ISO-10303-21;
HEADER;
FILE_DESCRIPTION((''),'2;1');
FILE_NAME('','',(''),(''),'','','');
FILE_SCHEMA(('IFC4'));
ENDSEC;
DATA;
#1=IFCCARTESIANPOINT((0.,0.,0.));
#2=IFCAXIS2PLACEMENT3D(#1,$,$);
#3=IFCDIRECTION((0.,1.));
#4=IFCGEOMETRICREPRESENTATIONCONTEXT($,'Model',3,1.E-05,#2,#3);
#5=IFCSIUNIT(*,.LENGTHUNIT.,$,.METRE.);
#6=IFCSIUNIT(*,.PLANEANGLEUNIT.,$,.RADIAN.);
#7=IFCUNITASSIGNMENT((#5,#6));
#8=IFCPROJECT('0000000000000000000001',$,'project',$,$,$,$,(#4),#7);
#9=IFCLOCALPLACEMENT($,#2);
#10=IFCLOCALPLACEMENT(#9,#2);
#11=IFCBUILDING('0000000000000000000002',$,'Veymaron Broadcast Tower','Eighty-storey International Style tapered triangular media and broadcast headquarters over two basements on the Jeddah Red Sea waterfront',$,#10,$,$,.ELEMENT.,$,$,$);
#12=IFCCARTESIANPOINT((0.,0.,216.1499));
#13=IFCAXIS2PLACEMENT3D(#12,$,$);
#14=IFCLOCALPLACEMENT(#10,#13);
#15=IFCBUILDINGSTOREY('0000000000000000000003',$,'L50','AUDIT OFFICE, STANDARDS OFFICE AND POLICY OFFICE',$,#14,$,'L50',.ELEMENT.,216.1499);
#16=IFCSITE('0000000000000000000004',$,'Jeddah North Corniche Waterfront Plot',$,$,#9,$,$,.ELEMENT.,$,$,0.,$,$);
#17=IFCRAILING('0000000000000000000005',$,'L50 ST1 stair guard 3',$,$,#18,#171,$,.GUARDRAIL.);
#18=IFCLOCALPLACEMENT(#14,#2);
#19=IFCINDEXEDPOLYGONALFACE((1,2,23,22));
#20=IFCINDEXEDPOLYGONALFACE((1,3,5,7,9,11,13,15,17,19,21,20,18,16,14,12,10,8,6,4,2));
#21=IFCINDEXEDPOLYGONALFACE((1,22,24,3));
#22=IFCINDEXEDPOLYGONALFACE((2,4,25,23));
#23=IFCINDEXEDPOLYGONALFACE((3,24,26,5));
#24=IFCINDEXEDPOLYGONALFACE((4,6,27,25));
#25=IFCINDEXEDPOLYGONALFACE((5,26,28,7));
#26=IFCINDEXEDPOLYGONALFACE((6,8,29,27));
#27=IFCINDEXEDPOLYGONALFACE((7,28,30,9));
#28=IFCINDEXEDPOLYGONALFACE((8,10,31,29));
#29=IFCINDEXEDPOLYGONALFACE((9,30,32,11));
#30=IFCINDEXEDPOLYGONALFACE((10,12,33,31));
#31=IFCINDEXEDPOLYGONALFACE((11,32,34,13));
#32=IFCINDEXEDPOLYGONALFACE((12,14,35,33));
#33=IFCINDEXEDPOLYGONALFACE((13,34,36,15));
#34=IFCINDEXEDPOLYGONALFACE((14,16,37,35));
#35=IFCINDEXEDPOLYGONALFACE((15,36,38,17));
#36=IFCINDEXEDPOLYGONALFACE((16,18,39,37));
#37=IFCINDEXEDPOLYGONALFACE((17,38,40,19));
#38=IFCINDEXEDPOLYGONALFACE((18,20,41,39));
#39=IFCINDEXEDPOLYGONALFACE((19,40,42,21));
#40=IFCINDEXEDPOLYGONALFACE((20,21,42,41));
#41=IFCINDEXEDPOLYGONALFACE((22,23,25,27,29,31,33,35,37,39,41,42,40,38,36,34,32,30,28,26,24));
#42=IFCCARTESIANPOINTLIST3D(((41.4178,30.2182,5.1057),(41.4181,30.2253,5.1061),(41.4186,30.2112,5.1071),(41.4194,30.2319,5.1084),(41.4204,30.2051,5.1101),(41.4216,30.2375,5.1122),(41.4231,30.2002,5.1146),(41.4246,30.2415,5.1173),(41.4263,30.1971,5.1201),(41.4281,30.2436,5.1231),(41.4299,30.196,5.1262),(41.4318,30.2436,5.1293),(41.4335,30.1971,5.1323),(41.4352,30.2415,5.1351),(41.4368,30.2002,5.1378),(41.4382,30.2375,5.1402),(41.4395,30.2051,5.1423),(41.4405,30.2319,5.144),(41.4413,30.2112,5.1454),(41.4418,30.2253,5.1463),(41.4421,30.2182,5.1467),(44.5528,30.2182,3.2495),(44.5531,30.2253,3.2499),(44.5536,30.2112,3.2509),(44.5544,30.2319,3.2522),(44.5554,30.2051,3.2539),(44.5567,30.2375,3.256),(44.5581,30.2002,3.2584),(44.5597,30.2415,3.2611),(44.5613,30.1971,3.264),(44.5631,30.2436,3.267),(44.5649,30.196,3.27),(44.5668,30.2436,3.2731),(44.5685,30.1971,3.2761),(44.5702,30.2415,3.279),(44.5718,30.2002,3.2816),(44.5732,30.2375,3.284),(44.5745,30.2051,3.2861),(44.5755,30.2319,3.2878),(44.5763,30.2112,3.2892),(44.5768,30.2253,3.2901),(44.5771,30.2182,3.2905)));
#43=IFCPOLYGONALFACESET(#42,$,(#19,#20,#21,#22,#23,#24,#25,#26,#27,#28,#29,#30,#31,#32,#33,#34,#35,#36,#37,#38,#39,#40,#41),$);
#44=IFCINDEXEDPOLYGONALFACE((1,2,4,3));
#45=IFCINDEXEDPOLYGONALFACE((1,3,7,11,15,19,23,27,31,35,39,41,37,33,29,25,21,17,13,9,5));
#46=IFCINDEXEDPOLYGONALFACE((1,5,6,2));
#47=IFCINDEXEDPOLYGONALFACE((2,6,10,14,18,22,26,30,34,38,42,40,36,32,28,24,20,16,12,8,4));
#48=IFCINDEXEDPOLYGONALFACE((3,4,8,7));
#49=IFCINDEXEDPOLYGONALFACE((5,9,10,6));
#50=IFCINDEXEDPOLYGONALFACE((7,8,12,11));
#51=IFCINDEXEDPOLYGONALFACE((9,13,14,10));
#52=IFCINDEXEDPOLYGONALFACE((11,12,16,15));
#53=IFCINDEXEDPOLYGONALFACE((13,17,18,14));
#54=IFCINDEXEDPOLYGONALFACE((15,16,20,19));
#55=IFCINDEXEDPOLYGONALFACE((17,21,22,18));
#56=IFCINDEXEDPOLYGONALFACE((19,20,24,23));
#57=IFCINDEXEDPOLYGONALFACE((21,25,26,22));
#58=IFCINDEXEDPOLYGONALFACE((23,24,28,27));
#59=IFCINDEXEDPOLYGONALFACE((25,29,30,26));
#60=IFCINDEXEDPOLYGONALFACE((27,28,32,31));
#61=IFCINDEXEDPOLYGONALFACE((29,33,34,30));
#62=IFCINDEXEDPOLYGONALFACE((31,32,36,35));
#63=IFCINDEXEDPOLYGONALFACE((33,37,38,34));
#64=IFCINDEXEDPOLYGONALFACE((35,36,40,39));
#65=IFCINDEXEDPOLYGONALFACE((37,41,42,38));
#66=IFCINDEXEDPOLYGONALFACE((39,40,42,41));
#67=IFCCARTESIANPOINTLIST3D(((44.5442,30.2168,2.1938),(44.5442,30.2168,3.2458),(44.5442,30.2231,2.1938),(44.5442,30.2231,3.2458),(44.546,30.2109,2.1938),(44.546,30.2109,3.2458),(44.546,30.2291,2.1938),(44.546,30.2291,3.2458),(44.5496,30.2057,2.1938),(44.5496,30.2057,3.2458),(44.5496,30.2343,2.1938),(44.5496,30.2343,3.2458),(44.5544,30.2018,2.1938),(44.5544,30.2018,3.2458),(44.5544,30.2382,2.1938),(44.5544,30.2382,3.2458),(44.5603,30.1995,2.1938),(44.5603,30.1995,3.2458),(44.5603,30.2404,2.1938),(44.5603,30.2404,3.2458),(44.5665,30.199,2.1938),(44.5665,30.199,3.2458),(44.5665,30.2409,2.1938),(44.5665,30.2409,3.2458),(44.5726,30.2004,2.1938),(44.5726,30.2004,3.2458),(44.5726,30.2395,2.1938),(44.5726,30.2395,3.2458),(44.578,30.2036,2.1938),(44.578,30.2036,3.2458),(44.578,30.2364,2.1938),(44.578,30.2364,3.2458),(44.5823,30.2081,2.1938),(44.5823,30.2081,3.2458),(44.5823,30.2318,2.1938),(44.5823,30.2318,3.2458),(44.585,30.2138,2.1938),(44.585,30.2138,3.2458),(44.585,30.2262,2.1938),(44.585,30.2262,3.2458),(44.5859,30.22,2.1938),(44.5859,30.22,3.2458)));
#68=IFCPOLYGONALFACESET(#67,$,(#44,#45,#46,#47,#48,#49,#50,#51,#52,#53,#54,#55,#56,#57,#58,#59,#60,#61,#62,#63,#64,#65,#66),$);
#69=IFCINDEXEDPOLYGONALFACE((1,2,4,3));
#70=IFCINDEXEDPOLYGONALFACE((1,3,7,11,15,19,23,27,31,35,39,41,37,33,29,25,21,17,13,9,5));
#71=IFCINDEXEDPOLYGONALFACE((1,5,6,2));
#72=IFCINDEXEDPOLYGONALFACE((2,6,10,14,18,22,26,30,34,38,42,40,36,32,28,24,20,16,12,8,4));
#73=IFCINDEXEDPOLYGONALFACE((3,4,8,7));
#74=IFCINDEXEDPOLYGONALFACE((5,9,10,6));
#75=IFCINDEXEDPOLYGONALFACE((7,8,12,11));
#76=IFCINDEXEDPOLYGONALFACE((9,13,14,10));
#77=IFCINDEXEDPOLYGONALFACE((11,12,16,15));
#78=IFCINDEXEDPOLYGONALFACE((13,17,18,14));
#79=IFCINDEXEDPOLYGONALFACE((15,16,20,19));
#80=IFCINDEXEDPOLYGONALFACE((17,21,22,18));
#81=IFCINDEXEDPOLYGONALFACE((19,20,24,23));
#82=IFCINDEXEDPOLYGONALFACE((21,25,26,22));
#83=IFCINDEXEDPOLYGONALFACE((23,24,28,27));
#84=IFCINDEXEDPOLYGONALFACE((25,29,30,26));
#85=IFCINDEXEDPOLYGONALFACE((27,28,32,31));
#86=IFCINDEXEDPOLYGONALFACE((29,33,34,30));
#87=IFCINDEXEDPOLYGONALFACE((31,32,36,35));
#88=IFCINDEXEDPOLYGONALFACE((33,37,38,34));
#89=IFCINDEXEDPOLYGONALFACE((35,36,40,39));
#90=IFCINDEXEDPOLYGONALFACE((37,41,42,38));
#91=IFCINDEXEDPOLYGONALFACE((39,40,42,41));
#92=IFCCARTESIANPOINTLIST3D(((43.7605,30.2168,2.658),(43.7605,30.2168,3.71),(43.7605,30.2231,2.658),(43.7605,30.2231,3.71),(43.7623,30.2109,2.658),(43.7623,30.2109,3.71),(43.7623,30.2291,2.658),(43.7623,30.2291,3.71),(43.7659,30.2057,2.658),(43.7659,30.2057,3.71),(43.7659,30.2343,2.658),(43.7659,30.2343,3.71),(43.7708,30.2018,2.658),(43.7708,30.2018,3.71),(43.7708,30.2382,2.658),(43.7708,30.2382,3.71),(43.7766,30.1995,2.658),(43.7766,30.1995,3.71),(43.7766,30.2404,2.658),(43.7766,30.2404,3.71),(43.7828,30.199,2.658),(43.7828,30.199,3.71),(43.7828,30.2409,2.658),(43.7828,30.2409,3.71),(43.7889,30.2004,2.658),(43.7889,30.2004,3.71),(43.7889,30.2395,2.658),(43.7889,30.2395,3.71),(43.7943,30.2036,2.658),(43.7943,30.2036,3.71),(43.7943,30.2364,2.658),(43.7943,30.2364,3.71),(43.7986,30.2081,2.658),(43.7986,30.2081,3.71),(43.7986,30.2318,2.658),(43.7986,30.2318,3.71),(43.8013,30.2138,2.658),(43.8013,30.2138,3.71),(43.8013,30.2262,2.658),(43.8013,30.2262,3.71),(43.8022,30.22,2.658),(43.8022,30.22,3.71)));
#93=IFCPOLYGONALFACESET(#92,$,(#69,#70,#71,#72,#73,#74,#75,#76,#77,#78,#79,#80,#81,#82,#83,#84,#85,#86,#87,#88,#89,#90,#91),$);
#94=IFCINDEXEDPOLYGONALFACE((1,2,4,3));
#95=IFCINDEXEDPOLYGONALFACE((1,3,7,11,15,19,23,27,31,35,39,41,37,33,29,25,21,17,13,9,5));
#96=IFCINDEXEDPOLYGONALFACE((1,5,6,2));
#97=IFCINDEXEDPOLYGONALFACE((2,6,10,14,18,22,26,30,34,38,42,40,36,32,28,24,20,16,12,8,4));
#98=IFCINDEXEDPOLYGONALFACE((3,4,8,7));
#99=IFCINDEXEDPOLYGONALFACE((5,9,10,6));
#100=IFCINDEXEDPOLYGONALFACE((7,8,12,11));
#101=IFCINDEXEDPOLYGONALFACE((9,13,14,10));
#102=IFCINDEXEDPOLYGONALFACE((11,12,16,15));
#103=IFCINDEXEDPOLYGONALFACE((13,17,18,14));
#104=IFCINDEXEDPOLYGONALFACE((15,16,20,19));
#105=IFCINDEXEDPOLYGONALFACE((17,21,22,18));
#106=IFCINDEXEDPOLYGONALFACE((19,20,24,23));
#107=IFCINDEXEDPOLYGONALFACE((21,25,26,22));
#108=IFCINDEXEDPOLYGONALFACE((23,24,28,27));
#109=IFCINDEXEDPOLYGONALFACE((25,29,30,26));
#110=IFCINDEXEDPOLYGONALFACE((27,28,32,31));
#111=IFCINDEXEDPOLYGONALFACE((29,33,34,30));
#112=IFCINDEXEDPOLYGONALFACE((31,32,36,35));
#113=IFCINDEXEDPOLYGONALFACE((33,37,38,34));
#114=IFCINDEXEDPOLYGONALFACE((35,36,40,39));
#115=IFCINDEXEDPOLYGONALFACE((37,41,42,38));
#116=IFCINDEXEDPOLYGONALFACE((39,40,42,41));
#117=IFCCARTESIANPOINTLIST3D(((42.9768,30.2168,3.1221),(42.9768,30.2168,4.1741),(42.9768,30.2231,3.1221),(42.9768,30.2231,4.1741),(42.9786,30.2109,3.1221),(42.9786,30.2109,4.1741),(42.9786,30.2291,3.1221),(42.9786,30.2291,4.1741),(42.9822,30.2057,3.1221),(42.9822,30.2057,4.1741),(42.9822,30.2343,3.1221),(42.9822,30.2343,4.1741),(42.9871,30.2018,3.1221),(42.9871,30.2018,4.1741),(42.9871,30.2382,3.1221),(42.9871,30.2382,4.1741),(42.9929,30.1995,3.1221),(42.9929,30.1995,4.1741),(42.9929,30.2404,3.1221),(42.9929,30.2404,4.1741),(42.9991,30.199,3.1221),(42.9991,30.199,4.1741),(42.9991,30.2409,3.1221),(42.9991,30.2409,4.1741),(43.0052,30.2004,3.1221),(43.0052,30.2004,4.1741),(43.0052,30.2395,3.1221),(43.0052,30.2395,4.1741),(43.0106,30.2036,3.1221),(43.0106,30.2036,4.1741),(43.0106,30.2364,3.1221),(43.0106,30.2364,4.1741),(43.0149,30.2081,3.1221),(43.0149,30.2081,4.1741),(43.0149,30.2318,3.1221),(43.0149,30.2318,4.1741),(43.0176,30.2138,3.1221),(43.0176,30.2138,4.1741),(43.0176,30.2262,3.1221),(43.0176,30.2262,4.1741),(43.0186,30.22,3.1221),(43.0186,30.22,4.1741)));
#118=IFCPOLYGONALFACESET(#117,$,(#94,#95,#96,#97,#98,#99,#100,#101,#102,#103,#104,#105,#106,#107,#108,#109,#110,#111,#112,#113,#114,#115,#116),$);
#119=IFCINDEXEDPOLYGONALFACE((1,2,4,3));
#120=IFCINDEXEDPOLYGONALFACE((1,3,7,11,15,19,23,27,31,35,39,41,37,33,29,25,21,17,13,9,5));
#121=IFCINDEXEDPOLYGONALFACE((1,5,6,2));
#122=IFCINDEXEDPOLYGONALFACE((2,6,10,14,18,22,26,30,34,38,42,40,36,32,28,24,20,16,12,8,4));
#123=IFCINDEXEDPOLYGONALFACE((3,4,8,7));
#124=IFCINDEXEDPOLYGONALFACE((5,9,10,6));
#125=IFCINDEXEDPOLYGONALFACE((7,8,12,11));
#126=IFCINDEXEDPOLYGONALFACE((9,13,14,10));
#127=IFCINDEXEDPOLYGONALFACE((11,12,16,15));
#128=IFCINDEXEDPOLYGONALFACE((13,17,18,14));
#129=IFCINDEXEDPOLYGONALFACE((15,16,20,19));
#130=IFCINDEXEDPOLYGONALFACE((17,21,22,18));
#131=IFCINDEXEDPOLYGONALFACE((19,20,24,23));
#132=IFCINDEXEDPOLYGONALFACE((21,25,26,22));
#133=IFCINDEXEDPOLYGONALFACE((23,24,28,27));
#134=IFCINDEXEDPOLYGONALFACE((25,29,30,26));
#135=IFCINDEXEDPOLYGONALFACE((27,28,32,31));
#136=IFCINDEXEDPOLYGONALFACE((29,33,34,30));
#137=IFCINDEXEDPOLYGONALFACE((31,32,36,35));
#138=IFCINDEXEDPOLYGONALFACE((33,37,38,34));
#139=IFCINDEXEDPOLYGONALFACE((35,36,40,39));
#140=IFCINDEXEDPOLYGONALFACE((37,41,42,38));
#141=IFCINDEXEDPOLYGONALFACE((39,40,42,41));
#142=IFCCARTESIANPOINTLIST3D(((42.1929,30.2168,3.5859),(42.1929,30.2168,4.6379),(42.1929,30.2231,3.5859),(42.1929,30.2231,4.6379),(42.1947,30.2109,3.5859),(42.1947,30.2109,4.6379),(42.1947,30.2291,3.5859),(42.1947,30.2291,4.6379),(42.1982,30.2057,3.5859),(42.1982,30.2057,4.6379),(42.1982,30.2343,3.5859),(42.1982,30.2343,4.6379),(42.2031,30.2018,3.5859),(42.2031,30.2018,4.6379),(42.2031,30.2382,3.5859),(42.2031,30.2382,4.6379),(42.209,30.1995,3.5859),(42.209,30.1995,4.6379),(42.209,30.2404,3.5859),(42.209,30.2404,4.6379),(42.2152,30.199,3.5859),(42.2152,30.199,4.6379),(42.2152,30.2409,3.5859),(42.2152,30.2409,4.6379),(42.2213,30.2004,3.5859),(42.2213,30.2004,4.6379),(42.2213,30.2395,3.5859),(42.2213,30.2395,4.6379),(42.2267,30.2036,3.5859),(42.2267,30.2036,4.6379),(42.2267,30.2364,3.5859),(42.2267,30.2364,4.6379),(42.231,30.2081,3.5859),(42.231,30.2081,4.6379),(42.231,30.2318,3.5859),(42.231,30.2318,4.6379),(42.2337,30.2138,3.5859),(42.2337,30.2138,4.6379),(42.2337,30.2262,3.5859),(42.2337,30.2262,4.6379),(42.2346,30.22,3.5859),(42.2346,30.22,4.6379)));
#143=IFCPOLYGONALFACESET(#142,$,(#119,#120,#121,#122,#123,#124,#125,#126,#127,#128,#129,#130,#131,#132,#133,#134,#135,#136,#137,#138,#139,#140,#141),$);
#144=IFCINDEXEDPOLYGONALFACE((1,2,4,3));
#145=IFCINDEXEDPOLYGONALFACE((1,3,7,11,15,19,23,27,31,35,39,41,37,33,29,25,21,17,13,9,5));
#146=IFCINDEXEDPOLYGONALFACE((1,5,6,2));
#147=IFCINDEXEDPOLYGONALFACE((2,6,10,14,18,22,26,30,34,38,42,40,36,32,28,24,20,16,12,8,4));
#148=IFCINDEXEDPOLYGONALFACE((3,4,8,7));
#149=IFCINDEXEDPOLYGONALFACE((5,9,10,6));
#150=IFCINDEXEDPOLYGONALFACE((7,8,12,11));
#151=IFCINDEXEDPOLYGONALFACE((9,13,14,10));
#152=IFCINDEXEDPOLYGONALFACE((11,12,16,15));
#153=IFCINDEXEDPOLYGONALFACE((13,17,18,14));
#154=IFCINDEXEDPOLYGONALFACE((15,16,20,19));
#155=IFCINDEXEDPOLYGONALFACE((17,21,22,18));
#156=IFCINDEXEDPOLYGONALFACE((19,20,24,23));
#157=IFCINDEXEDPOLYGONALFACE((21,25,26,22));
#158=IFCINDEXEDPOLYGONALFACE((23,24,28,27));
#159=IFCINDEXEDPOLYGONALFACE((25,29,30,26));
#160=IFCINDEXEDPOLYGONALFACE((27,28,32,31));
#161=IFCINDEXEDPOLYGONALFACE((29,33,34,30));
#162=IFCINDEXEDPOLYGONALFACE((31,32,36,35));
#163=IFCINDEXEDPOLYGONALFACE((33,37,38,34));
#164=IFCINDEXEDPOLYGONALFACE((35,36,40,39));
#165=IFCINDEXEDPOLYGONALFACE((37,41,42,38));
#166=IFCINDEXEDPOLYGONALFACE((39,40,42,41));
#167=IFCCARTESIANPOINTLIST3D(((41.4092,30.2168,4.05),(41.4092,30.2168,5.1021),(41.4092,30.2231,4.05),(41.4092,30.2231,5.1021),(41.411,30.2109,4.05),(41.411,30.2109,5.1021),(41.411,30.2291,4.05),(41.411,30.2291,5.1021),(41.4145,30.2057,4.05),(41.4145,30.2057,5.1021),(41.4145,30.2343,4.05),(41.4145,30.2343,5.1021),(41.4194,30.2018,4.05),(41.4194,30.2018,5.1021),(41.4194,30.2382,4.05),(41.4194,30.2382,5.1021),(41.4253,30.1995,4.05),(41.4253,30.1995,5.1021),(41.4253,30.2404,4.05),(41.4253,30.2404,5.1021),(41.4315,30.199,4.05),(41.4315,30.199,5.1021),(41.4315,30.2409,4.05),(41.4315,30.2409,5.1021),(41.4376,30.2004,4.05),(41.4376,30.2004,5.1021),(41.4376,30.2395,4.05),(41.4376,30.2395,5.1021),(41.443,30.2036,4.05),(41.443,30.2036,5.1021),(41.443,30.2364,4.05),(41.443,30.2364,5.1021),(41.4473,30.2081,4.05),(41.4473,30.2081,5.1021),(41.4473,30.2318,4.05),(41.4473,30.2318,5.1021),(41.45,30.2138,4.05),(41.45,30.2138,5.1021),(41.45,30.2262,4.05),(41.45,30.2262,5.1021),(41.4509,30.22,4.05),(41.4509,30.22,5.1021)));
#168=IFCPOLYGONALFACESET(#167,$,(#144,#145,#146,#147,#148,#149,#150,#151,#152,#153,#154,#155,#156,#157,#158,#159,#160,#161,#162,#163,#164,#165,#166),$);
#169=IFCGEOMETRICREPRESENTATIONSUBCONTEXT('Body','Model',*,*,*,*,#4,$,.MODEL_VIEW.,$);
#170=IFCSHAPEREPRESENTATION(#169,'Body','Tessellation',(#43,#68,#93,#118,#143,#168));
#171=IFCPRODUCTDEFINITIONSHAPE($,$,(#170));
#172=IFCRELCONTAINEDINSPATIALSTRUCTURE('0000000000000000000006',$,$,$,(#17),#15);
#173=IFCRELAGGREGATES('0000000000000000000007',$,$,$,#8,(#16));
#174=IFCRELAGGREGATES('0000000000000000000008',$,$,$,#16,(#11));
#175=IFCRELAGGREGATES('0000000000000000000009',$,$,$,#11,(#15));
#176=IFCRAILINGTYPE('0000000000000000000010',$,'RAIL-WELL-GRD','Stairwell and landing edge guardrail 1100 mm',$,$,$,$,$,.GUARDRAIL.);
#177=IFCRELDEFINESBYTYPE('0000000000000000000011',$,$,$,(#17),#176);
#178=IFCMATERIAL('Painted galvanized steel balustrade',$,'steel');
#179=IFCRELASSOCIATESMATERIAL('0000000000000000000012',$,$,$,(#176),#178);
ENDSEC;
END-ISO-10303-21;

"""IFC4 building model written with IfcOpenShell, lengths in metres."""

from ifc_helpers import new_model, si_unit, direction, frame, origin, origin_2d, place, context, subcontext, project, spatial, circle, extrude, material, type_object, element, save


model = new_model("IFC4")

# Units and contexts
model_context = context("Model", 3, precision=1e-05, world=origin(), true_north=direction((0.0, 1.0)))
body_context = subcontext(model_context, "Body", "Model", "MODEL_VIEW")
ifc_project = project(units=[si_unit("LENGTHUNIT", "METRE"), si_unit("PLANEANGLEUNIT", "RADIAN")], contexts=[model_context])

# Site, building, storey
site_placement = place(None, origin())
site = spatial("IfcSite", under=ifc_project, at=site_placement, Name="Jeddah North Corniche Waterfront Plot", CompositionType="ELEMENT", RefElevation=0.0)
building_placement = place(site_placement, origin())
building = spatial("IfcBuilding", under=site, at=building_placement, Name="Veymaron Broadcast Tower", Description="Eighty-storey International Style tapered triangular media and broadcast headquarters over two basements on the Jeddah Red Sea waterfront", CompositionType="ELEMENT")
storey_placement = place(building_placement, frame((0.0, 0.0, 216.1499)))
storey = spatial("IfcBuildingStorey", under=building, at=storey_placement, Name="L50", Description="AUDIT OFFICE, STANDARDS OFFICE AND POLICY OFFICE", LongName="L50", CompositionType="ELEMENT", Elevation=216.1499)

# Railing
ifc_material_1 = material(Name="Painted galvanized steel balustrade", Category="steel")
railing_type_1 = type_object("IfcRailingType", Name="RAIL-WELL-GRD", Description="Stairwell and landing edge guardrail 1100 mm", PredefinedType="GUARDRAIL", material=ifc_material_1)
railing_1_placement = place(storey_placement, frame((44.5649, 30.22, 2.1938)))
element("IfcRailing", 1, at=railing_1_placement, inside=storey, type_object=railing_type_1, Name="L50 ST1 stair guard 3", PredefinedType="GUARDRAIL", context=body_context, shape_type="SweptSolid", body=[
    extrude(circle(Radius=0.0239, at=origin_2d()), frame((0.0, 0.0, 1.0762), z_axis=(-0.860482, 0.0, 0.509481), x_axis=(0.0, -1.0, 0.0)), (0.0, 0.0, 1.0), 3.6433),
    extrude(circle(Radius=0.021, at=origin_2d()), origin(), (0.0, 0.0, 1.0), 1.052),
    extrude(circle(Radius=0.021, at=origin_2d()), frame((-0.7837, 0.0, 0.4641)), (0.0, 0.0, 1.0), 1.052),
    extrude(circle(Radius=0.021, at=origin_2d()), frame((-1.5674, 0.0, 0.9282)), (0.0, 0.0, 1.0), 1.052),
    extrude(circle(Radius=0.021, at=origin_2d()), frame((-2.3513, 0.0, 1.3921)), (0.0, 0.0, 1.0), 1.052),
    extrude(circle(Radius=0.021, at=origin_2d()), frame((-3.135, 0.0, 1.8562)), (0.0, 0.0, 1.0), 1.052),
])

save(model, "model.ifc")
